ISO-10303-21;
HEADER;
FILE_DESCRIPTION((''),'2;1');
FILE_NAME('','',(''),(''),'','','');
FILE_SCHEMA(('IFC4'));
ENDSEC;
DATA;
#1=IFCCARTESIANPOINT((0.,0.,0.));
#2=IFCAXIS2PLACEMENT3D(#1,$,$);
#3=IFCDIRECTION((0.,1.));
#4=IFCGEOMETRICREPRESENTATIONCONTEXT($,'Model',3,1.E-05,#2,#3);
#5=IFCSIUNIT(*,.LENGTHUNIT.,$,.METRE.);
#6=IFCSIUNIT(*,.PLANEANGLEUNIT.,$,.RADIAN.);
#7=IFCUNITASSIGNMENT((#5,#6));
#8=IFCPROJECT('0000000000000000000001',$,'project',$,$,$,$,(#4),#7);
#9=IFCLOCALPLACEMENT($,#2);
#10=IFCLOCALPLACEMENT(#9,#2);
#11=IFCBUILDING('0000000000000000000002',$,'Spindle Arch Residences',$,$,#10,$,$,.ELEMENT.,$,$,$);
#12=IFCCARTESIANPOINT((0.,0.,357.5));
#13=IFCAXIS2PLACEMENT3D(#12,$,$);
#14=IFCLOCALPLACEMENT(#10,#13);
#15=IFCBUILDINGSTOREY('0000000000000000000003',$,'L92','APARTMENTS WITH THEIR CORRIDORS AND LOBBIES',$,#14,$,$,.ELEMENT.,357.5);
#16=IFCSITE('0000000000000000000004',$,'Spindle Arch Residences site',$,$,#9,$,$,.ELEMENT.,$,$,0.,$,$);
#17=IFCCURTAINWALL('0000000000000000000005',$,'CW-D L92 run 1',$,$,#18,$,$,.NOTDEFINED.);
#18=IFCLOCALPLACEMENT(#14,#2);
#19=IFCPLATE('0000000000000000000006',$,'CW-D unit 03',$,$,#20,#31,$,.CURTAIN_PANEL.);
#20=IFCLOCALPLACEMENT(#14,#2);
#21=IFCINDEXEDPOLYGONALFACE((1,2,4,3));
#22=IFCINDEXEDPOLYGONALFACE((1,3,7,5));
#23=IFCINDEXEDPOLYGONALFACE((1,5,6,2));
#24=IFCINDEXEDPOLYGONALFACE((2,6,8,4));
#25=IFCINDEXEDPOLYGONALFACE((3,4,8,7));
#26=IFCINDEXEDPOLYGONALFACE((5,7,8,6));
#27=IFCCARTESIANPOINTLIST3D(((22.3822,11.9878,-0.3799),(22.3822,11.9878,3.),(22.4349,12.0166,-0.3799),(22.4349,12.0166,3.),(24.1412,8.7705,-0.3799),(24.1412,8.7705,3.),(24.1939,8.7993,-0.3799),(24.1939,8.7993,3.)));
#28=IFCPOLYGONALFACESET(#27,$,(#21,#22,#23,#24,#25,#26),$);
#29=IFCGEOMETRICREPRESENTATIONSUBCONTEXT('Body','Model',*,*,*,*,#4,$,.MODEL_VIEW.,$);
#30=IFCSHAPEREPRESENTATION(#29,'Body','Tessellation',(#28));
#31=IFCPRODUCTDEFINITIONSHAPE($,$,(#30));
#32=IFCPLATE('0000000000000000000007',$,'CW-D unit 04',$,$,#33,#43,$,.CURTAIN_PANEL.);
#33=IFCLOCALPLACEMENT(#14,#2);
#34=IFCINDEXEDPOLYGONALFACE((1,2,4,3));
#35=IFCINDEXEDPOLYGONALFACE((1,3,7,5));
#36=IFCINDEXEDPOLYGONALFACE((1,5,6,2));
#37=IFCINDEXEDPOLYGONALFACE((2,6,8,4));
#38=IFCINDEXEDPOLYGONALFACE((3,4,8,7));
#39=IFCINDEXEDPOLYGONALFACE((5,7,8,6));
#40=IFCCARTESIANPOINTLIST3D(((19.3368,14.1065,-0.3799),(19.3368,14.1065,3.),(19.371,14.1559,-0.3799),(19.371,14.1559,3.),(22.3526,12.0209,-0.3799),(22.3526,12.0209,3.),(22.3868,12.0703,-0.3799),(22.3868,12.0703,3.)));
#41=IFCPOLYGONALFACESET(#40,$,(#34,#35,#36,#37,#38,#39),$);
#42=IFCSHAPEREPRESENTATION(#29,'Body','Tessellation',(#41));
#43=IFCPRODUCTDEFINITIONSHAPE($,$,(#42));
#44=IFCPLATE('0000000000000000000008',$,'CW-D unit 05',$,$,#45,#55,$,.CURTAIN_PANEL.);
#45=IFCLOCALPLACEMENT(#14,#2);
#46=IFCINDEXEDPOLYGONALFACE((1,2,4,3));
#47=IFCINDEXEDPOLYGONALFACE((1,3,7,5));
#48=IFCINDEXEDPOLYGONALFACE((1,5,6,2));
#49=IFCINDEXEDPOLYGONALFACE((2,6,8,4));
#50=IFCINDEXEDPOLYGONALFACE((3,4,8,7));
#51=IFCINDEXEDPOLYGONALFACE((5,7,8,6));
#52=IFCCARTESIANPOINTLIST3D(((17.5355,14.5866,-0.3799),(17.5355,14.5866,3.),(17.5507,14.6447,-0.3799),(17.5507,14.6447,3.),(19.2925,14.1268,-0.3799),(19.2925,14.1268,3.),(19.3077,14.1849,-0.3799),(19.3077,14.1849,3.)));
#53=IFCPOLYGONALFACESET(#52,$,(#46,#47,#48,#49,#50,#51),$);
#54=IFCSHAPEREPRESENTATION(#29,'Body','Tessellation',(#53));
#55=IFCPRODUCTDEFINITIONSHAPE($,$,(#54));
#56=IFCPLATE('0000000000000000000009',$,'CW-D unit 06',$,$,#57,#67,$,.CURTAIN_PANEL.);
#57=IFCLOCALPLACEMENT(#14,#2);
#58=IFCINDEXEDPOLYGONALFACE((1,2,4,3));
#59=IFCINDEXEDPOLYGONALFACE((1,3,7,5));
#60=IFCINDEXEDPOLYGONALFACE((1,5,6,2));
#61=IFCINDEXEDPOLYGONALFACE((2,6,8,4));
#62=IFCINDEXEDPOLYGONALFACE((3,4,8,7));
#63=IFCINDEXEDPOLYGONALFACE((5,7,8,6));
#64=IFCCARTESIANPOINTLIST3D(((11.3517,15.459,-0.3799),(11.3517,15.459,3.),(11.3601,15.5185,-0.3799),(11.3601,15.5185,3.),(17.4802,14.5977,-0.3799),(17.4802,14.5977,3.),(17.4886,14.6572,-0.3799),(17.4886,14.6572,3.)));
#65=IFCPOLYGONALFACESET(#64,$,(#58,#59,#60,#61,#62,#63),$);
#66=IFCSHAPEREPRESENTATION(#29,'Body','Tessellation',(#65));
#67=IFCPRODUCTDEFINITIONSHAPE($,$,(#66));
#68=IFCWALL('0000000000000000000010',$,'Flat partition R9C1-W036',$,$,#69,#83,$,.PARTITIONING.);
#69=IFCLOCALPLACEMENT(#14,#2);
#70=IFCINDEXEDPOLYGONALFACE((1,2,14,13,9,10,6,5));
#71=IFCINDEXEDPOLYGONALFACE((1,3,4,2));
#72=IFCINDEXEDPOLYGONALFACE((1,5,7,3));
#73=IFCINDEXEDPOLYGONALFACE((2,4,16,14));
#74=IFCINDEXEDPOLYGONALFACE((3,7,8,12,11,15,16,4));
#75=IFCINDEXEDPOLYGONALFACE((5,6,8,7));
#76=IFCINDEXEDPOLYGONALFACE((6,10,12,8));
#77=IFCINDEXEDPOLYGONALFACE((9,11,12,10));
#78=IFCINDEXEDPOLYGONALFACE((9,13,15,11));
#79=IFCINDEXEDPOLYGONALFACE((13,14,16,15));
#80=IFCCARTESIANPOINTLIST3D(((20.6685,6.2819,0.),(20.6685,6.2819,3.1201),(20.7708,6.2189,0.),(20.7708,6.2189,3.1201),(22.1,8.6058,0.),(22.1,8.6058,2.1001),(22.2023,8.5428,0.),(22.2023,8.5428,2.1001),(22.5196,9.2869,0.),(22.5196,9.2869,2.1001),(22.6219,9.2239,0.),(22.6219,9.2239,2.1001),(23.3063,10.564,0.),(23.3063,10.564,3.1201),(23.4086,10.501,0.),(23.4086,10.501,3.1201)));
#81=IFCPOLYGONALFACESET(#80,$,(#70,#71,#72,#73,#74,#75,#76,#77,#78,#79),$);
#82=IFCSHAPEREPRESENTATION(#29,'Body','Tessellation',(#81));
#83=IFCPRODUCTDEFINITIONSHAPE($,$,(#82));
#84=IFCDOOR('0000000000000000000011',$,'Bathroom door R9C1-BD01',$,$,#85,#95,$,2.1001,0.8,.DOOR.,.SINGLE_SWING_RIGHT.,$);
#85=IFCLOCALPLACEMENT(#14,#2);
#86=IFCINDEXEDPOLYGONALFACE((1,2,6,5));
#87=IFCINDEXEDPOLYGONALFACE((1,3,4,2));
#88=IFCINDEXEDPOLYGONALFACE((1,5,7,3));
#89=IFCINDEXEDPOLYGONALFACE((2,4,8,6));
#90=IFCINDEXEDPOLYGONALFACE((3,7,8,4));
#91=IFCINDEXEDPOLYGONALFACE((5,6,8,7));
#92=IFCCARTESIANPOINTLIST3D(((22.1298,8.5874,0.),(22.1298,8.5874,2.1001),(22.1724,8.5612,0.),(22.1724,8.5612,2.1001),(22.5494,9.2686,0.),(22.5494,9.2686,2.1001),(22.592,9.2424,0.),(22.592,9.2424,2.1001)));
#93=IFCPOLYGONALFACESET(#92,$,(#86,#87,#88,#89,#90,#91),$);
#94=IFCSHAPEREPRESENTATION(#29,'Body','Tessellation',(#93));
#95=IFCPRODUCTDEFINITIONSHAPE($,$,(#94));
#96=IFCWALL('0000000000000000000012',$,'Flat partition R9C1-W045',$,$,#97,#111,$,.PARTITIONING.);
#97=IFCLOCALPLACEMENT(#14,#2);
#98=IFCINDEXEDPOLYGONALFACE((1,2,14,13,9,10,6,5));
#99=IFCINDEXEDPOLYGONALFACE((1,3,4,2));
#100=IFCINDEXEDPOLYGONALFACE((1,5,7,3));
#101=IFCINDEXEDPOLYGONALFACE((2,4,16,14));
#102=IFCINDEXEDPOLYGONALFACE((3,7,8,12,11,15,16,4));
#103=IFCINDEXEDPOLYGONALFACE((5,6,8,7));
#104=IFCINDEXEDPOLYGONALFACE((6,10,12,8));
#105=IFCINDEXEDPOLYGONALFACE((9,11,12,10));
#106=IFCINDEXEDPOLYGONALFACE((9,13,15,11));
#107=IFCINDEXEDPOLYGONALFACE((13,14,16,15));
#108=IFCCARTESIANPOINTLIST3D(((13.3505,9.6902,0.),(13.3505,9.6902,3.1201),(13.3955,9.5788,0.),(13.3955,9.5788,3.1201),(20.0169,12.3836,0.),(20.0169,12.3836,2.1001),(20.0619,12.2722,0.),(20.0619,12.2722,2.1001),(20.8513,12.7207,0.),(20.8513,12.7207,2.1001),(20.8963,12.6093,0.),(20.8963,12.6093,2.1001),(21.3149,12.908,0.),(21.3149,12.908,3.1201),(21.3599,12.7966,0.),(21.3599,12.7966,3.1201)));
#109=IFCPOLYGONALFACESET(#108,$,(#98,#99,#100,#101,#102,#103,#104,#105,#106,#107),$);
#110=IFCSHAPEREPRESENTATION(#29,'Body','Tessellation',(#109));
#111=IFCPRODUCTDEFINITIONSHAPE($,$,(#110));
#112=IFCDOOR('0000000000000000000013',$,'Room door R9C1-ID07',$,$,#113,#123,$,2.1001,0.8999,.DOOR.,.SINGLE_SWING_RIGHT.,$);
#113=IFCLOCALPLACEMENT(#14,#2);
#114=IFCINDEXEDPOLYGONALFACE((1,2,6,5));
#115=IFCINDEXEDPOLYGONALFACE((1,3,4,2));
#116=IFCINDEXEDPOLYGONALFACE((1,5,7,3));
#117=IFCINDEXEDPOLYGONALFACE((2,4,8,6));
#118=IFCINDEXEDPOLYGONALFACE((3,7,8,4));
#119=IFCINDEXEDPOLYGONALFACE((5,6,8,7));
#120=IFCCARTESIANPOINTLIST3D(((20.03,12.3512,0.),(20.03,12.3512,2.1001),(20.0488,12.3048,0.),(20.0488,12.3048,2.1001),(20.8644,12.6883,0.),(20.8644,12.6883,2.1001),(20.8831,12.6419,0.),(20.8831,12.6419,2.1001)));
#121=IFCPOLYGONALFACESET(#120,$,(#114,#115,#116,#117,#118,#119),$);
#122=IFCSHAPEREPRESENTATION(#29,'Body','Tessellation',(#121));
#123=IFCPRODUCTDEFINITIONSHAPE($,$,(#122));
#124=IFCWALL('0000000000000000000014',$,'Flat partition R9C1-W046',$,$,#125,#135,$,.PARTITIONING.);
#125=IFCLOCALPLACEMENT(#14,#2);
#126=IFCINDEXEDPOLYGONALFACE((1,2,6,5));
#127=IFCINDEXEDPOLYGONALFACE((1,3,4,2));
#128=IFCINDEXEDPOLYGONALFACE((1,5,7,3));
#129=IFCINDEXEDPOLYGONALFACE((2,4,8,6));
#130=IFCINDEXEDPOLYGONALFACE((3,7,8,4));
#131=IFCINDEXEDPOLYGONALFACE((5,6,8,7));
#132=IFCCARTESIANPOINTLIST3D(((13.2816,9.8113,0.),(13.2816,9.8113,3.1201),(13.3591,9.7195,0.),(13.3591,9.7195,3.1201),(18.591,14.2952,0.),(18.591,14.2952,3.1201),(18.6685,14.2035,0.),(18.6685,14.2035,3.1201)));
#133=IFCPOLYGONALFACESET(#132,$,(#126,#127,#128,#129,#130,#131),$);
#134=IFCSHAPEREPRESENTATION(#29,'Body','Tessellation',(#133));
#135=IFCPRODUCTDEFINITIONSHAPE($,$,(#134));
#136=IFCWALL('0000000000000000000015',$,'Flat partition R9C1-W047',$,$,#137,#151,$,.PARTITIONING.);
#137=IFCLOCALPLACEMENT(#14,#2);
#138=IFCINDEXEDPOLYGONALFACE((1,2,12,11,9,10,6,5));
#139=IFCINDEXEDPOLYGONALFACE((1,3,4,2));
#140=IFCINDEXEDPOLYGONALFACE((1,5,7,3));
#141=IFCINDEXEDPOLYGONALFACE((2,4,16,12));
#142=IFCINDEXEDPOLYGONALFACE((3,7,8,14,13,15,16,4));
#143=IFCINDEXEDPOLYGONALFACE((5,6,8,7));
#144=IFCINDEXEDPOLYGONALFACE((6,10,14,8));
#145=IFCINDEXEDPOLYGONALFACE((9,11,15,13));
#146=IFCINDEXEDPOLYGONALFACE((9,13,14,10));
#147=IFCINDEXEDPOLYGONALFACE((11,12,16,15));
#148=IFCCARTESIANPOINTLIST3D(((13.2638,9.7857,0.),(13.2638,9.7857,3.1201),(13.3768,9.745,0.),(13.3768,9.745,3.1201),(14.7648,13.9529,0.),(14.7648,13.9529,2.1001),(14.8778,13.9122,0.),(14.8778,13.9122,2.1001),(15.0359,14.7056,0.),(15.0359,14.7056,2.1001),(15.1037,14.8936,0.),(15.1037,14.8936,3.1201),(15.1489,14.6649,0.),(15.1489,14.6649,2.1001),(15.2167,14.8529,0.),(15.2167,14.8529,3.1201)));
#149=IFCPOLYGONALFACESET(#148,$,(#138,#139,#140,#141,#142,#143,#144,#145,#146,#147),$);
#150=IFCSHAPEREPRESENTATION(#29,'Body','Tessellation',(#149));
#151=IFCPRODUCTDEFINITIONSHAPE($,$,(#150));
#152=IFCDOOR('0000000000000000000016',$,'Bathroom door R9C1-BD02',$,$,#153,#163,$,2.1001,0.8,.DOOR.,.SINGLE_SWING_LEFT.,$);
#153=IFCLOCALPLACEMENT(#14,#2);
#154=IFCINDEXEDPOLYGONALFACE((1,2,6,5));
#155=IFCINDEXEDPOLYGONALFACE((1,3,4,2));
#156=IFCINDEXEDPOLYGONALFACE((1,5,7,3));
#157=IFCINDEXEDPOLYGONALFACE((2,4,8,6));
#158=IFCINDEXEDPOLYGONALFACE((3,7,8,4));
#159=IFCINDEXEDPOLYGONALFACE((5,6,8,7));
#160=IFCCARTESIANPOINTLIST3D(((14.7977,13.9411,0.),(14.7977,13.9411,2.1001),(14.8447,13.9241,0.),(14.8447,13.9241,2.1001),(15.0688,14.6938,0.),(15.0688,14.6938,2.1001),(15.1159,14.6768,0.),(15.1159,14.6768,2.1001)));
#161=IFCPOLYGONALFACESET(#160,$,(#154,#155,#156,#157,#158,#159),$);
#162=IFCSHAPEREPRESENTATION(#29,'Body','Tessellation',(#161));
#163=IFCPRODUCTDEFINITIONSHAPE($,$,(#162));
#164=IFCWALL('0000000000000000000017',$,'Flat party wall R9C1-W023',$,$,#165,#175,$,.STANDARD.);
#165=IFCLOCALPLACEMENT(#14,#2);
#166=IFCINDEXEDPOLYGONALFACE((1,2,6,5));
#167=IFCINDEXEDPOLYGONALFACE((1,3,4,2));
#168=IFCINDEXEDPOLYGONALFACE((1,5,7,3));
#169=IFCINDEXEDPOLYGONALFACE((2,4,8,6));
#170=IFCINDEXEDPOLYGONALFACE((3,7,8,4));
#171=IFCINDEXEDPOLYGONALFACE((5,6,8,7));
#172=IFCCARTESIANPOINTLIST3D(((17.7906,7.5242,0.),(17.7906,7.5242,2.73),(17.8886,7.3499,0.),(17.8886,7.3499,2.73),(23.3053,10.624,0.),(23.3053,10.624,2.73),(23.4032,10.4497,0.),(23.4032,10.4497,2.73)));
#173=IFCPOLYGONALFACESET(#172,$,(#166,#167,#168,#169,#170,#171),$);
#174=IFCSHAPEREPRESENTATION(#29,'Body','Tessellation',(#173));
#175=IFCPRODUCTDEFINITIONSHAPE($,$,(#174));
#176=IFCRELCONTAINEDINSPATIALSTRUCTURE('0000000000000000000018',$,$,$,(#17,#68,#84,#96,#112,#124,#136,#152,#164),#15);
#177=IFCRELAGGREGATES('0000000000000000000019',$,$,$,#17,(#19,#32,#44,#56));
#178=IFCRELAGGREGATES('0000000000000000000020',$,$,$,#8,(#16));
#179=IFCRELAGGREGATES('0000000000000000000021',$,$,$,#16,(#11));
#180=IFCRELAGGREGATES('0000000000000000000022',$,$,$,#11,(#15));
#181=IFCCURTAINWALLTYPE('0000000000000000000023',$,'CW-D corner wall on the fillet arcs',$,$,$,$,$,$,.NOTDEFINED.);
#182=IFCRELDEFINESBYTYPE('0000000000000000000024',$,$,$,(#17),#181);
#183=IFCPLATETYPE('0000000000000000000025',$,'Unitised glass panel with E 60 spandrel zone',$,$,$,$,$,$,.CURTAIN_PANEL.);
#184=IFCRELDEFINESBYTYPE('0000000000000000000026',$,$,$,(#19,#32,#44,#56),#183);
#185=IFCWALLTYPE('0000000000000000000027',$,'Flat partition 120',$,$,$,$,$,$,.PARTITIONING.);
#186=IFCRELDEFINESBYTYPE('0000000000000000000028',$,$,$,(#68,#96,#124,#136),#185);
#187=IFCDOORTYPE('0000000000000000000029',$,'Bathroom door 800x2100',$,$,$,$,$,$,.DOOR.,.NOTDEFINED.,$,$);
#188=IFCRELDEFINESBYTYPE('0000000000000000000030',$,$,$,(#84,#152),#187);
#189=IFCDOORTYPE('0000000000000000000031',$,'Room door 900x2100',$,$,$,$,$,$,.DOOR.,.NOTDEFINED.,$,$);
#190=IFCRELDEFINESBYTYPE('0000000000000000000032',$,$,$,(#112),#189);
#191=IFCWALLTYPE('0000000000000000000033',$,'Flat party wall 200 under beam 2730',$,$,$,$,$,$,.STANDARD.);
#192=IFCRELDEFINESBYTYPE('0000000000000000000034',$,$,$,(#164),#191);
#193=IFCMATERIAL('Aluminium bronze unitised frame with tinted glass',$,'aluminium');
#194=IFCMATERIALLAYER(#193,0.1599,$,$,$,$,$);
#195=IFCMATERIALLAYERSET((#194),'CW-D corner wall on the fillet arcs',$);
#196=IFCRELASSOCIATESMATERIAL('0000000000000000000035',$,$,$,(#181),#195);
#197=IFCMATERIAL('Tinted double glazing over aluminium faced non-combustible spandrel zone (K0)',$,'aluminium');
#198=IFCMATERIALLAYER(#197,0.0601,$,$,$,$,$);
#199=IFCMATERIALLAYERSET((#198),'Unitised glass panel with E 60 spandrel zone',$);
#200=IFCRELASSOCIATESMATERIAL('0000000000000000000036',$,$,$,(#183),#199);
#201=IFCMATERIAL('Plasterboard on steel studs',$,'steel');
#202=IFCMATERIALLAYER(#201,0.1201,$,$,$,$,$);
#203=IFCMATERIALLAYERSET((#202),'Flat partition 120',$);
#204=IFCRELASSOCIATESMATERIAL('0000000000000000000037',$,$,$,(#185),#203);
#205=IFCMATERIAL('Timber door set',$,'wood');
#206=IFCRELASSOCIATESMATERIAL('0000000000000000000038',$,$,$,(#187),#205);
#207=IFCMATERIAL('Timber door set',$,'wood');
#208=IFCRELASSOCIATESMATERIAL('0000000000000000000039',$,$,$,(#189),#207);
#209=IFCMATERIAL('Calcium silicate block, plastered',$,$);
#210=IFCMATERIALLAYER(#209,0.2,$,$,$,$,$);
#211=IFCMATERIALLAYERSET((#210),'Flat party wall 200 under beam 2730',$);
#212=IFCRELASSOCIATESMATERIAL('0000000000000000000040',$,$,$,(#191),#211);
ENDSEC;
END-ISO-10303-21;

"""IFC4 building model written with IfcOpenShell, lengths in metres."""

from ifc_helpers import new_model, si_unit, direction, frame, frame_2d, origin, origin_2d, place, context, subcontext, project, spatial, rectangle, extrude, material, layer, layer_set, type_object, element, fill, aggregate, save


model = new_model("IFC4")

# Units and contexts
model_context = context("Model", 3, precision=1e-05, world=origin(), true_north=direction((0.0, 1.0)))
body_context = subcontext(model_context, "Body", "Model", "MODEL_VIEW")
ifc_project = project(units=[si_unit("LENGTHUNIT", "METRE"), si_unit("PLANEANGLEUNIT", "RADIAN")], contexts=[model_context])

# Site, building, storey
site_placement = place(None, origin())
site = spatial("IfcSite", under=ifc_project, at=site_placement, Name="Spindle Arch Residences site", CompositionType="ELEMENT", RefElevation=0.0)
building_placement = place(site_placement, origin())
building = spatial("IfcBuilding", under=site, at=building_placement, Name="Spindle Arch Residences", CompositionType="ELEMENT")
storey_placement = place(building_placement, frame((0.0, 0.0, 357.5)))
storey = spatial("IfcBuildingStorey", under=building, at=storey_placement, Name="L92", Description="APARTMENTS WITH THEIR CORRIDORS AND LOBBIES", CompositionType="ELEMENT", Elevation=357.5)

# Curtain wall
ifc_material_1 = material(Name="Aluminium bronze unitised frame with tinted glass", Category="aluminium")
ifc_layer_1 = layer(ifc_material_1, 0.1599)
ifc_layer_set_1 = layer_set([ifc_layer_1], Name="CW-D corner wall on the fillet arcs")
curtain_wall_type = type_object("IfcCurtainWallType", Name="CW-D corner wall on the fillet arcs", PredefinedType="NOTDEFINED", material=ifc_layer_set_1)
curtain_wall_placement = place(storey_placement, origin())
curtain_wall = element("IfcCurtainWall", 1, at=curtain_wall_placement, inside=storey, type_object=curtain_wall_type, Name="CW-D L92 run 1", PredefinedType="NOTDEFINED")

# Plates
ifc_material_2 = material(Name="Tinted double glazing over aluminium faced non-combustible spandrel zone (K0)", Category="aluminium")
ifc_layer_2 = layer(ifc_material_2, 0.0601)
ifc_layer_set_2 = layer_set([ifc_layer_2], Name="Unitised glass panel with E 60 spandrel zone")
plate_type = type_object("IfcPlateType", Name="Unitised glass panel with E 60 spandrel zone", PredefinedType="CURTAIN_PANEL", material=ifc_layer_set_2)
plate_1_placement = place(storey_placement, frame((23.2881, 10.3936, -0.3799), z_axis=(0.0, 0.0, 1.0), x_axis=(-0.479713, 0.877425, 0.0)))
plate_1 = element("IfcPlate", 2, at=plate_1_placement, type_object=plate_type, Name="CW-D unit 03", PredefinedType="CURTAIN_PANEL", context=body_context, shape_type="SweptSolid", body=[
    extrude(rectangle(XDim=3.6667, YDim=0.0601, at=origin_2d()), origin(), (0.0, 0.0, 1.0), 3.3799),
])
plate_2_placement = place(storey_placement, frame((20.8618, 13.0884, -0.3799), z_axis=(0.0, 0.0, 1.0), x_axis=(-0.822475, 0.568801, 0.0)))
plate_2 = element("IfcPlate", 3, at=plate_2_placement, type_object=plate_type, Name="CW-D unit 04", PredefinedType="CURTAIN_PANEL", context=body_context, shape_type="SweptSolid", body=[
    extrude(rectangle(XDim=3.6667, YDim=0.0601, at=origin_2d()), origin(), (0.0, 0.0, 1.0), 3.3799),
])
plate_3_placement = place(storey_placement, frame((18.4216, 14.3857, -0.3799), z_axis=(0.0, 0.0, 1.0), x_axis=(-0.967415, 0.253195, 0.0)))
plate_3 = element("IfcPlate", 4, at=plate_3_placement, type_object=plate_type, Name="CW-D unit 05", PredefinedType="CURTAIN_PANEL", context=body_context, shape_type="SweptSolid", body=[
    extrude(rectangle(XDim=1.8162, YDim=0.0601, at=origin_2d()), origin(), (0.0, 0.0, 1.0), 3.3799),
])
plate_4_placement = place(storey_placement, frame((14.4202, 15.0581, -0.3799), z_axis=(0.0, 0.0, 1.0), x_axis=(-0.990268, 0.139173, 0.0)))
plate_4 = element("IfcPlate", 5, at=plate_4_placement, type_object=plate_type, Name="CW-D unit 06", PredefinedType="CURTAIN_PANEL", context=body_context, shape_type="SweptSolid", body=[
    extrude(rectangle(XDim=6.1887, YDim=0.0601, at=origin_2d()), origin(), (0.0, 0.0, 1.0), 3.3799),
])
aggregate(curtain_wall, [plate_1, plate_2, plate_3, plate_4])

# Walls, openings, doors
ifc_material_3 = material(Name="Plasterboard on steel studs", Category="steel")
ifc_layer_3 = layer(ifc_material_3, 0.1201)
ifc_layer_set_3 = layer_set([ifc_layer_3], Name="Flat partition 120")
wall_type_1 = type_object("IfcWallType", Name="Flat partition 120", PredefinedType="PARTITIONING", material=ifc_layer_set_3)
wall_1_placement = place(storey_placement, frame((23.3574, 10.5325, 0.0), z_axis=(0.0, 0.0, 1.0), x_axis=(-0.524477, -0.851425, 0.0)))
wall_1 = element("IfcWall", 6, at=wall_1_placement, inside=storey, type_object=wall_type_1, Name="Flat partition R9C1-W036", PredefinedType="PARTITIONING", context=body_context, shape_type="SweptSolid", body=[
    extrude(rectangle(XDim=5.0293, YDim=0.1201, at=frame_2d((2.5146, 0.0))), origin(), (0.0, 0.0, 1.0), 3.1201),
])
opening_1_placement = place(wall_1_placement, frame((1.5, 0.0, 0.0)))
opening_1 = element("IfcOpeningElement", 7, at=opening_1_placement, cuts=wall_1, PredefinedType="OPENING", context=body_context, shape_type="SweptSolid", body=[
    extrude(rectangle(XDim=0.8, YDim=2.1001, at=frame_2d((0.3999, 1.05))), frame((0.0, 0.0701, 0.0), z_axis=(0.0, -1.0, 0.0), x_axis=(1.0, 0.0, 0.0)), (0.0, 0.0, 1.0), 0.1401),
])
ifc_material_4 = material(Name="Timber door set", Category="wood")
door_type_1 = type_object("IfcDoorType", Name="Bathroom door 800x2100", OperationType="NOTDEFINED", PredefinedType="DOOR", material=ifc_material_4)
door_1_placement = place(opening_1_placement, origin())
door_1 = element("IfcDoor", 8, at=door_1_placement, inside=storey, type_object=door_type_1, Name="Bathroom door R9C1-BD01", OperationType="SINGLE_SWING_RIGHT", OverallHeight=2.1001, OverallWidth=0.8, PredefinedType="DOOR", context=body_context, shape_type="SweptSolid", body=[
    extrude(rectangle(XDim=0.8, YDim=2.1001, at=frame_2d((0.3999, 1.05))), frame((0.0, 0.0249, 0.0), z_axis=(0.0, -1.0, 0.0), x_axis=(1.0, 0.0, 0.0)), (0.0, 0.0, 1.0), 0.05),
])
fill(opening_1, door_1)
wall_2_placement = place(storey_placement, frame((21.3374, 12.8523, 0.0), z_axis=(0.0, 0.0, 1.0), x_axis=(-0.927185, -0.374603, 0.0)))
wall_2 = element("IfcWall", 9, at=wall_2_placement, inside=storey, type_object=wall_type_1, Name="Flat partition R9C1-W045", PredefinedType="PARTITIONING", context=body_context, shape_type="SweptSolid", body=[
    extrude(rectangle(XDim=8.5898, YDim=0.1201, at=frame_2d((4.2949, 0.0))), origin(), (0.0, 0.0, 1.0), 3.1201),
])
opening_2_placement = place(wall_2_placement, frame((0.5, 0.0, 0.0)))
opening_2 = element("IfcOpeningElement", 10, at=opening_2_placement, cuts=wall_2, PredefinedType="OPENING", context=body_context, shape_type="SweptSolid", body=[
    extrude(rectangle(XDim=0.8999, YDim=2.1001, at=frame_2d((0.45, 1.05))), frame((0.0, 0.0701, 0.0), z_axis=(0.0, -1.0, 0.0), x_axis=(1.0, 0.0, 0.0)), (0.0, 0.0, 1.0), 0.1401),
])
ifc_material_5 = material(Name="Timber door set", Category="wood")
door_type_2 = type_object("IfcDoorType", Name="Room door 900x2100", OperationType="NOTDEFINED", PredefinedType="DOOR", material=ifc_material_5)
door_2_placement = place(opening_2_placement, origin())
door_2 = element("IfcDoor", 11, at=door_2_placement, inside=storey, type_object=door_type_2, Name="Room door R9C1-ID07", OperationType="SINGLE_SWING_RIGHT", OverallHeight=2.1001, OverallWidth=0.8999, PredefinedType="DOOR", context=body_context, shape_type="SweptSolid", body=[
    extrude(rectangle(XDim=0.8999, YDim=2.1001, at=frame_2d((0.45, 1.05))), frame((0.0, 0.0249, 0.0), z_axis=(0.0, -1.0, 0.0), x_axis=(1.0, 0.0, 0.0)), (0.0, 0.0, 1.0), 0.05),
])
fill(opening_2, door_2)

# Wall
wall_3_placement = place(storey_placement, frame((18.6296, 14.2493, 0.0), z_axis=(0.0, 0.0, 1.0), x_axis=(-0.763998, -0.645219, 0.0)))
element("IfcWall", 12, at=wall_3_placement, inside=storey, type_object=wall_type_1, Name="Flat partition R9C1-W046", PredefinedType="PARTITIONING", context=body_context, shape_type="SweptSolid", body=[
    extrude(rectangle(XDim=6.9495, YDim=0.1201, at=frame_2d((3.4746, 0.0))), origin(), (0.0, 0.0, 1.0), 3.1201),
])

# Wall, opening, door
wall_4_placement = place(storey_placement, frame((15.1602, 14.8733, 0.0), z_axis=(0.0, 0.0, 1.0), x_axis=(-0.338882, -0.940829, 0.0)))
wall_4 = element("IfcWall", 13, at=wall_4_placement, inside=storey, type_object=wall_type_1, Name="Flat partition R9C1-W047", PredefinedType="PARTITIONING", context=body_context, shape_type="SweptSolid", body=[
    extrude(rectangle(XDim=5.4292, YDim=0.1201, at=frame_2d((2.7146, 0.0))), origin(), (0.0, 0.0, 1.0), 3.1201),
])
opening_3_placement = place(wall_4_placement, frame((0.2, 0.0, 0.0)))
opening_3 = element("IfcOpeningElement", 14, at=opening_3_placement, cuts=wall_4, PredefinedType="OPENING", context=body_context, shape_type="SweptSolid", body=[
    extrude(rectangle(XDim=0.8, YDim=2.1001, at=frame_2d((0.3999, 1.05))), frame((0.0, 0.0701, 0.0), z_axis=(0.0, -1.0, 0.0), x_axis=(1.0, 0.0, 0.0)), (0.0, 0.0, 1.0), 0.1401),
])
door_3_placement = place(opening_3_placement, origin())
door_3 = element("IfcDoor", 15, at=door_3_placement, inside=storey, type_object=door_type_1, Name="Bathroom door R9C1-BD02", OperationType="SINGLE_SWING_LEFT", OverallHeight=2.1001, OverallWidth=0.8, PredefinedType="DOOR", context=body_context, shape_type="SweptSolid", body=[
    extrude(rectangle(XDim=0.8, YDim=2.1001, at=frame_2d((0.3999, 1.05))), frame((0.0, 0.0249, 0.0), z_axis=(0.0, -1.0, 0.0), x_axis=(1.0, 0.0, 0.0)), (0.0, 0.0, 1.0), 0.05),
])
fill(opening_3, door_3)

# Wall
ifc_material_6 = material(Name="Calcium silicate block, plastered")
ifc_layer_4 = layer(ifc_material_6, 0.2)
ifc_layer_set_4 = layer_set([ifc_layer_4], Name="Flat party wall 200 under beam 2730")
wall_type_2 = type_object("IfcWallType", Name="Flat party wall 200 under beam 2730", PredefinedType="STANDARD", material=ifc_layer_set_4)
wall_5_placement = place(storey_placement, frame((23.3542, 10.5369, 0.0), z_axis=(0.0, 0.0, 1.0), x_axis=(-0.87172, -0.490005, 0.0)))
element("IfcWall", 16, at=wall_5_placement, inside=storey, type_object=wall_type_2, Name="Flat party wall R9C1-W023", PredefinedType="STANDARD", context=body_context, shape_type="SweptSolid", body=[
    extrude(rectangle(XDim=6.3262, YDim=0.2, at=frame_2d((3.1631, 0.0))), origin(), (0.0, 0.0, 1.0), 2.73),
])

save(model, "model.ifc")
